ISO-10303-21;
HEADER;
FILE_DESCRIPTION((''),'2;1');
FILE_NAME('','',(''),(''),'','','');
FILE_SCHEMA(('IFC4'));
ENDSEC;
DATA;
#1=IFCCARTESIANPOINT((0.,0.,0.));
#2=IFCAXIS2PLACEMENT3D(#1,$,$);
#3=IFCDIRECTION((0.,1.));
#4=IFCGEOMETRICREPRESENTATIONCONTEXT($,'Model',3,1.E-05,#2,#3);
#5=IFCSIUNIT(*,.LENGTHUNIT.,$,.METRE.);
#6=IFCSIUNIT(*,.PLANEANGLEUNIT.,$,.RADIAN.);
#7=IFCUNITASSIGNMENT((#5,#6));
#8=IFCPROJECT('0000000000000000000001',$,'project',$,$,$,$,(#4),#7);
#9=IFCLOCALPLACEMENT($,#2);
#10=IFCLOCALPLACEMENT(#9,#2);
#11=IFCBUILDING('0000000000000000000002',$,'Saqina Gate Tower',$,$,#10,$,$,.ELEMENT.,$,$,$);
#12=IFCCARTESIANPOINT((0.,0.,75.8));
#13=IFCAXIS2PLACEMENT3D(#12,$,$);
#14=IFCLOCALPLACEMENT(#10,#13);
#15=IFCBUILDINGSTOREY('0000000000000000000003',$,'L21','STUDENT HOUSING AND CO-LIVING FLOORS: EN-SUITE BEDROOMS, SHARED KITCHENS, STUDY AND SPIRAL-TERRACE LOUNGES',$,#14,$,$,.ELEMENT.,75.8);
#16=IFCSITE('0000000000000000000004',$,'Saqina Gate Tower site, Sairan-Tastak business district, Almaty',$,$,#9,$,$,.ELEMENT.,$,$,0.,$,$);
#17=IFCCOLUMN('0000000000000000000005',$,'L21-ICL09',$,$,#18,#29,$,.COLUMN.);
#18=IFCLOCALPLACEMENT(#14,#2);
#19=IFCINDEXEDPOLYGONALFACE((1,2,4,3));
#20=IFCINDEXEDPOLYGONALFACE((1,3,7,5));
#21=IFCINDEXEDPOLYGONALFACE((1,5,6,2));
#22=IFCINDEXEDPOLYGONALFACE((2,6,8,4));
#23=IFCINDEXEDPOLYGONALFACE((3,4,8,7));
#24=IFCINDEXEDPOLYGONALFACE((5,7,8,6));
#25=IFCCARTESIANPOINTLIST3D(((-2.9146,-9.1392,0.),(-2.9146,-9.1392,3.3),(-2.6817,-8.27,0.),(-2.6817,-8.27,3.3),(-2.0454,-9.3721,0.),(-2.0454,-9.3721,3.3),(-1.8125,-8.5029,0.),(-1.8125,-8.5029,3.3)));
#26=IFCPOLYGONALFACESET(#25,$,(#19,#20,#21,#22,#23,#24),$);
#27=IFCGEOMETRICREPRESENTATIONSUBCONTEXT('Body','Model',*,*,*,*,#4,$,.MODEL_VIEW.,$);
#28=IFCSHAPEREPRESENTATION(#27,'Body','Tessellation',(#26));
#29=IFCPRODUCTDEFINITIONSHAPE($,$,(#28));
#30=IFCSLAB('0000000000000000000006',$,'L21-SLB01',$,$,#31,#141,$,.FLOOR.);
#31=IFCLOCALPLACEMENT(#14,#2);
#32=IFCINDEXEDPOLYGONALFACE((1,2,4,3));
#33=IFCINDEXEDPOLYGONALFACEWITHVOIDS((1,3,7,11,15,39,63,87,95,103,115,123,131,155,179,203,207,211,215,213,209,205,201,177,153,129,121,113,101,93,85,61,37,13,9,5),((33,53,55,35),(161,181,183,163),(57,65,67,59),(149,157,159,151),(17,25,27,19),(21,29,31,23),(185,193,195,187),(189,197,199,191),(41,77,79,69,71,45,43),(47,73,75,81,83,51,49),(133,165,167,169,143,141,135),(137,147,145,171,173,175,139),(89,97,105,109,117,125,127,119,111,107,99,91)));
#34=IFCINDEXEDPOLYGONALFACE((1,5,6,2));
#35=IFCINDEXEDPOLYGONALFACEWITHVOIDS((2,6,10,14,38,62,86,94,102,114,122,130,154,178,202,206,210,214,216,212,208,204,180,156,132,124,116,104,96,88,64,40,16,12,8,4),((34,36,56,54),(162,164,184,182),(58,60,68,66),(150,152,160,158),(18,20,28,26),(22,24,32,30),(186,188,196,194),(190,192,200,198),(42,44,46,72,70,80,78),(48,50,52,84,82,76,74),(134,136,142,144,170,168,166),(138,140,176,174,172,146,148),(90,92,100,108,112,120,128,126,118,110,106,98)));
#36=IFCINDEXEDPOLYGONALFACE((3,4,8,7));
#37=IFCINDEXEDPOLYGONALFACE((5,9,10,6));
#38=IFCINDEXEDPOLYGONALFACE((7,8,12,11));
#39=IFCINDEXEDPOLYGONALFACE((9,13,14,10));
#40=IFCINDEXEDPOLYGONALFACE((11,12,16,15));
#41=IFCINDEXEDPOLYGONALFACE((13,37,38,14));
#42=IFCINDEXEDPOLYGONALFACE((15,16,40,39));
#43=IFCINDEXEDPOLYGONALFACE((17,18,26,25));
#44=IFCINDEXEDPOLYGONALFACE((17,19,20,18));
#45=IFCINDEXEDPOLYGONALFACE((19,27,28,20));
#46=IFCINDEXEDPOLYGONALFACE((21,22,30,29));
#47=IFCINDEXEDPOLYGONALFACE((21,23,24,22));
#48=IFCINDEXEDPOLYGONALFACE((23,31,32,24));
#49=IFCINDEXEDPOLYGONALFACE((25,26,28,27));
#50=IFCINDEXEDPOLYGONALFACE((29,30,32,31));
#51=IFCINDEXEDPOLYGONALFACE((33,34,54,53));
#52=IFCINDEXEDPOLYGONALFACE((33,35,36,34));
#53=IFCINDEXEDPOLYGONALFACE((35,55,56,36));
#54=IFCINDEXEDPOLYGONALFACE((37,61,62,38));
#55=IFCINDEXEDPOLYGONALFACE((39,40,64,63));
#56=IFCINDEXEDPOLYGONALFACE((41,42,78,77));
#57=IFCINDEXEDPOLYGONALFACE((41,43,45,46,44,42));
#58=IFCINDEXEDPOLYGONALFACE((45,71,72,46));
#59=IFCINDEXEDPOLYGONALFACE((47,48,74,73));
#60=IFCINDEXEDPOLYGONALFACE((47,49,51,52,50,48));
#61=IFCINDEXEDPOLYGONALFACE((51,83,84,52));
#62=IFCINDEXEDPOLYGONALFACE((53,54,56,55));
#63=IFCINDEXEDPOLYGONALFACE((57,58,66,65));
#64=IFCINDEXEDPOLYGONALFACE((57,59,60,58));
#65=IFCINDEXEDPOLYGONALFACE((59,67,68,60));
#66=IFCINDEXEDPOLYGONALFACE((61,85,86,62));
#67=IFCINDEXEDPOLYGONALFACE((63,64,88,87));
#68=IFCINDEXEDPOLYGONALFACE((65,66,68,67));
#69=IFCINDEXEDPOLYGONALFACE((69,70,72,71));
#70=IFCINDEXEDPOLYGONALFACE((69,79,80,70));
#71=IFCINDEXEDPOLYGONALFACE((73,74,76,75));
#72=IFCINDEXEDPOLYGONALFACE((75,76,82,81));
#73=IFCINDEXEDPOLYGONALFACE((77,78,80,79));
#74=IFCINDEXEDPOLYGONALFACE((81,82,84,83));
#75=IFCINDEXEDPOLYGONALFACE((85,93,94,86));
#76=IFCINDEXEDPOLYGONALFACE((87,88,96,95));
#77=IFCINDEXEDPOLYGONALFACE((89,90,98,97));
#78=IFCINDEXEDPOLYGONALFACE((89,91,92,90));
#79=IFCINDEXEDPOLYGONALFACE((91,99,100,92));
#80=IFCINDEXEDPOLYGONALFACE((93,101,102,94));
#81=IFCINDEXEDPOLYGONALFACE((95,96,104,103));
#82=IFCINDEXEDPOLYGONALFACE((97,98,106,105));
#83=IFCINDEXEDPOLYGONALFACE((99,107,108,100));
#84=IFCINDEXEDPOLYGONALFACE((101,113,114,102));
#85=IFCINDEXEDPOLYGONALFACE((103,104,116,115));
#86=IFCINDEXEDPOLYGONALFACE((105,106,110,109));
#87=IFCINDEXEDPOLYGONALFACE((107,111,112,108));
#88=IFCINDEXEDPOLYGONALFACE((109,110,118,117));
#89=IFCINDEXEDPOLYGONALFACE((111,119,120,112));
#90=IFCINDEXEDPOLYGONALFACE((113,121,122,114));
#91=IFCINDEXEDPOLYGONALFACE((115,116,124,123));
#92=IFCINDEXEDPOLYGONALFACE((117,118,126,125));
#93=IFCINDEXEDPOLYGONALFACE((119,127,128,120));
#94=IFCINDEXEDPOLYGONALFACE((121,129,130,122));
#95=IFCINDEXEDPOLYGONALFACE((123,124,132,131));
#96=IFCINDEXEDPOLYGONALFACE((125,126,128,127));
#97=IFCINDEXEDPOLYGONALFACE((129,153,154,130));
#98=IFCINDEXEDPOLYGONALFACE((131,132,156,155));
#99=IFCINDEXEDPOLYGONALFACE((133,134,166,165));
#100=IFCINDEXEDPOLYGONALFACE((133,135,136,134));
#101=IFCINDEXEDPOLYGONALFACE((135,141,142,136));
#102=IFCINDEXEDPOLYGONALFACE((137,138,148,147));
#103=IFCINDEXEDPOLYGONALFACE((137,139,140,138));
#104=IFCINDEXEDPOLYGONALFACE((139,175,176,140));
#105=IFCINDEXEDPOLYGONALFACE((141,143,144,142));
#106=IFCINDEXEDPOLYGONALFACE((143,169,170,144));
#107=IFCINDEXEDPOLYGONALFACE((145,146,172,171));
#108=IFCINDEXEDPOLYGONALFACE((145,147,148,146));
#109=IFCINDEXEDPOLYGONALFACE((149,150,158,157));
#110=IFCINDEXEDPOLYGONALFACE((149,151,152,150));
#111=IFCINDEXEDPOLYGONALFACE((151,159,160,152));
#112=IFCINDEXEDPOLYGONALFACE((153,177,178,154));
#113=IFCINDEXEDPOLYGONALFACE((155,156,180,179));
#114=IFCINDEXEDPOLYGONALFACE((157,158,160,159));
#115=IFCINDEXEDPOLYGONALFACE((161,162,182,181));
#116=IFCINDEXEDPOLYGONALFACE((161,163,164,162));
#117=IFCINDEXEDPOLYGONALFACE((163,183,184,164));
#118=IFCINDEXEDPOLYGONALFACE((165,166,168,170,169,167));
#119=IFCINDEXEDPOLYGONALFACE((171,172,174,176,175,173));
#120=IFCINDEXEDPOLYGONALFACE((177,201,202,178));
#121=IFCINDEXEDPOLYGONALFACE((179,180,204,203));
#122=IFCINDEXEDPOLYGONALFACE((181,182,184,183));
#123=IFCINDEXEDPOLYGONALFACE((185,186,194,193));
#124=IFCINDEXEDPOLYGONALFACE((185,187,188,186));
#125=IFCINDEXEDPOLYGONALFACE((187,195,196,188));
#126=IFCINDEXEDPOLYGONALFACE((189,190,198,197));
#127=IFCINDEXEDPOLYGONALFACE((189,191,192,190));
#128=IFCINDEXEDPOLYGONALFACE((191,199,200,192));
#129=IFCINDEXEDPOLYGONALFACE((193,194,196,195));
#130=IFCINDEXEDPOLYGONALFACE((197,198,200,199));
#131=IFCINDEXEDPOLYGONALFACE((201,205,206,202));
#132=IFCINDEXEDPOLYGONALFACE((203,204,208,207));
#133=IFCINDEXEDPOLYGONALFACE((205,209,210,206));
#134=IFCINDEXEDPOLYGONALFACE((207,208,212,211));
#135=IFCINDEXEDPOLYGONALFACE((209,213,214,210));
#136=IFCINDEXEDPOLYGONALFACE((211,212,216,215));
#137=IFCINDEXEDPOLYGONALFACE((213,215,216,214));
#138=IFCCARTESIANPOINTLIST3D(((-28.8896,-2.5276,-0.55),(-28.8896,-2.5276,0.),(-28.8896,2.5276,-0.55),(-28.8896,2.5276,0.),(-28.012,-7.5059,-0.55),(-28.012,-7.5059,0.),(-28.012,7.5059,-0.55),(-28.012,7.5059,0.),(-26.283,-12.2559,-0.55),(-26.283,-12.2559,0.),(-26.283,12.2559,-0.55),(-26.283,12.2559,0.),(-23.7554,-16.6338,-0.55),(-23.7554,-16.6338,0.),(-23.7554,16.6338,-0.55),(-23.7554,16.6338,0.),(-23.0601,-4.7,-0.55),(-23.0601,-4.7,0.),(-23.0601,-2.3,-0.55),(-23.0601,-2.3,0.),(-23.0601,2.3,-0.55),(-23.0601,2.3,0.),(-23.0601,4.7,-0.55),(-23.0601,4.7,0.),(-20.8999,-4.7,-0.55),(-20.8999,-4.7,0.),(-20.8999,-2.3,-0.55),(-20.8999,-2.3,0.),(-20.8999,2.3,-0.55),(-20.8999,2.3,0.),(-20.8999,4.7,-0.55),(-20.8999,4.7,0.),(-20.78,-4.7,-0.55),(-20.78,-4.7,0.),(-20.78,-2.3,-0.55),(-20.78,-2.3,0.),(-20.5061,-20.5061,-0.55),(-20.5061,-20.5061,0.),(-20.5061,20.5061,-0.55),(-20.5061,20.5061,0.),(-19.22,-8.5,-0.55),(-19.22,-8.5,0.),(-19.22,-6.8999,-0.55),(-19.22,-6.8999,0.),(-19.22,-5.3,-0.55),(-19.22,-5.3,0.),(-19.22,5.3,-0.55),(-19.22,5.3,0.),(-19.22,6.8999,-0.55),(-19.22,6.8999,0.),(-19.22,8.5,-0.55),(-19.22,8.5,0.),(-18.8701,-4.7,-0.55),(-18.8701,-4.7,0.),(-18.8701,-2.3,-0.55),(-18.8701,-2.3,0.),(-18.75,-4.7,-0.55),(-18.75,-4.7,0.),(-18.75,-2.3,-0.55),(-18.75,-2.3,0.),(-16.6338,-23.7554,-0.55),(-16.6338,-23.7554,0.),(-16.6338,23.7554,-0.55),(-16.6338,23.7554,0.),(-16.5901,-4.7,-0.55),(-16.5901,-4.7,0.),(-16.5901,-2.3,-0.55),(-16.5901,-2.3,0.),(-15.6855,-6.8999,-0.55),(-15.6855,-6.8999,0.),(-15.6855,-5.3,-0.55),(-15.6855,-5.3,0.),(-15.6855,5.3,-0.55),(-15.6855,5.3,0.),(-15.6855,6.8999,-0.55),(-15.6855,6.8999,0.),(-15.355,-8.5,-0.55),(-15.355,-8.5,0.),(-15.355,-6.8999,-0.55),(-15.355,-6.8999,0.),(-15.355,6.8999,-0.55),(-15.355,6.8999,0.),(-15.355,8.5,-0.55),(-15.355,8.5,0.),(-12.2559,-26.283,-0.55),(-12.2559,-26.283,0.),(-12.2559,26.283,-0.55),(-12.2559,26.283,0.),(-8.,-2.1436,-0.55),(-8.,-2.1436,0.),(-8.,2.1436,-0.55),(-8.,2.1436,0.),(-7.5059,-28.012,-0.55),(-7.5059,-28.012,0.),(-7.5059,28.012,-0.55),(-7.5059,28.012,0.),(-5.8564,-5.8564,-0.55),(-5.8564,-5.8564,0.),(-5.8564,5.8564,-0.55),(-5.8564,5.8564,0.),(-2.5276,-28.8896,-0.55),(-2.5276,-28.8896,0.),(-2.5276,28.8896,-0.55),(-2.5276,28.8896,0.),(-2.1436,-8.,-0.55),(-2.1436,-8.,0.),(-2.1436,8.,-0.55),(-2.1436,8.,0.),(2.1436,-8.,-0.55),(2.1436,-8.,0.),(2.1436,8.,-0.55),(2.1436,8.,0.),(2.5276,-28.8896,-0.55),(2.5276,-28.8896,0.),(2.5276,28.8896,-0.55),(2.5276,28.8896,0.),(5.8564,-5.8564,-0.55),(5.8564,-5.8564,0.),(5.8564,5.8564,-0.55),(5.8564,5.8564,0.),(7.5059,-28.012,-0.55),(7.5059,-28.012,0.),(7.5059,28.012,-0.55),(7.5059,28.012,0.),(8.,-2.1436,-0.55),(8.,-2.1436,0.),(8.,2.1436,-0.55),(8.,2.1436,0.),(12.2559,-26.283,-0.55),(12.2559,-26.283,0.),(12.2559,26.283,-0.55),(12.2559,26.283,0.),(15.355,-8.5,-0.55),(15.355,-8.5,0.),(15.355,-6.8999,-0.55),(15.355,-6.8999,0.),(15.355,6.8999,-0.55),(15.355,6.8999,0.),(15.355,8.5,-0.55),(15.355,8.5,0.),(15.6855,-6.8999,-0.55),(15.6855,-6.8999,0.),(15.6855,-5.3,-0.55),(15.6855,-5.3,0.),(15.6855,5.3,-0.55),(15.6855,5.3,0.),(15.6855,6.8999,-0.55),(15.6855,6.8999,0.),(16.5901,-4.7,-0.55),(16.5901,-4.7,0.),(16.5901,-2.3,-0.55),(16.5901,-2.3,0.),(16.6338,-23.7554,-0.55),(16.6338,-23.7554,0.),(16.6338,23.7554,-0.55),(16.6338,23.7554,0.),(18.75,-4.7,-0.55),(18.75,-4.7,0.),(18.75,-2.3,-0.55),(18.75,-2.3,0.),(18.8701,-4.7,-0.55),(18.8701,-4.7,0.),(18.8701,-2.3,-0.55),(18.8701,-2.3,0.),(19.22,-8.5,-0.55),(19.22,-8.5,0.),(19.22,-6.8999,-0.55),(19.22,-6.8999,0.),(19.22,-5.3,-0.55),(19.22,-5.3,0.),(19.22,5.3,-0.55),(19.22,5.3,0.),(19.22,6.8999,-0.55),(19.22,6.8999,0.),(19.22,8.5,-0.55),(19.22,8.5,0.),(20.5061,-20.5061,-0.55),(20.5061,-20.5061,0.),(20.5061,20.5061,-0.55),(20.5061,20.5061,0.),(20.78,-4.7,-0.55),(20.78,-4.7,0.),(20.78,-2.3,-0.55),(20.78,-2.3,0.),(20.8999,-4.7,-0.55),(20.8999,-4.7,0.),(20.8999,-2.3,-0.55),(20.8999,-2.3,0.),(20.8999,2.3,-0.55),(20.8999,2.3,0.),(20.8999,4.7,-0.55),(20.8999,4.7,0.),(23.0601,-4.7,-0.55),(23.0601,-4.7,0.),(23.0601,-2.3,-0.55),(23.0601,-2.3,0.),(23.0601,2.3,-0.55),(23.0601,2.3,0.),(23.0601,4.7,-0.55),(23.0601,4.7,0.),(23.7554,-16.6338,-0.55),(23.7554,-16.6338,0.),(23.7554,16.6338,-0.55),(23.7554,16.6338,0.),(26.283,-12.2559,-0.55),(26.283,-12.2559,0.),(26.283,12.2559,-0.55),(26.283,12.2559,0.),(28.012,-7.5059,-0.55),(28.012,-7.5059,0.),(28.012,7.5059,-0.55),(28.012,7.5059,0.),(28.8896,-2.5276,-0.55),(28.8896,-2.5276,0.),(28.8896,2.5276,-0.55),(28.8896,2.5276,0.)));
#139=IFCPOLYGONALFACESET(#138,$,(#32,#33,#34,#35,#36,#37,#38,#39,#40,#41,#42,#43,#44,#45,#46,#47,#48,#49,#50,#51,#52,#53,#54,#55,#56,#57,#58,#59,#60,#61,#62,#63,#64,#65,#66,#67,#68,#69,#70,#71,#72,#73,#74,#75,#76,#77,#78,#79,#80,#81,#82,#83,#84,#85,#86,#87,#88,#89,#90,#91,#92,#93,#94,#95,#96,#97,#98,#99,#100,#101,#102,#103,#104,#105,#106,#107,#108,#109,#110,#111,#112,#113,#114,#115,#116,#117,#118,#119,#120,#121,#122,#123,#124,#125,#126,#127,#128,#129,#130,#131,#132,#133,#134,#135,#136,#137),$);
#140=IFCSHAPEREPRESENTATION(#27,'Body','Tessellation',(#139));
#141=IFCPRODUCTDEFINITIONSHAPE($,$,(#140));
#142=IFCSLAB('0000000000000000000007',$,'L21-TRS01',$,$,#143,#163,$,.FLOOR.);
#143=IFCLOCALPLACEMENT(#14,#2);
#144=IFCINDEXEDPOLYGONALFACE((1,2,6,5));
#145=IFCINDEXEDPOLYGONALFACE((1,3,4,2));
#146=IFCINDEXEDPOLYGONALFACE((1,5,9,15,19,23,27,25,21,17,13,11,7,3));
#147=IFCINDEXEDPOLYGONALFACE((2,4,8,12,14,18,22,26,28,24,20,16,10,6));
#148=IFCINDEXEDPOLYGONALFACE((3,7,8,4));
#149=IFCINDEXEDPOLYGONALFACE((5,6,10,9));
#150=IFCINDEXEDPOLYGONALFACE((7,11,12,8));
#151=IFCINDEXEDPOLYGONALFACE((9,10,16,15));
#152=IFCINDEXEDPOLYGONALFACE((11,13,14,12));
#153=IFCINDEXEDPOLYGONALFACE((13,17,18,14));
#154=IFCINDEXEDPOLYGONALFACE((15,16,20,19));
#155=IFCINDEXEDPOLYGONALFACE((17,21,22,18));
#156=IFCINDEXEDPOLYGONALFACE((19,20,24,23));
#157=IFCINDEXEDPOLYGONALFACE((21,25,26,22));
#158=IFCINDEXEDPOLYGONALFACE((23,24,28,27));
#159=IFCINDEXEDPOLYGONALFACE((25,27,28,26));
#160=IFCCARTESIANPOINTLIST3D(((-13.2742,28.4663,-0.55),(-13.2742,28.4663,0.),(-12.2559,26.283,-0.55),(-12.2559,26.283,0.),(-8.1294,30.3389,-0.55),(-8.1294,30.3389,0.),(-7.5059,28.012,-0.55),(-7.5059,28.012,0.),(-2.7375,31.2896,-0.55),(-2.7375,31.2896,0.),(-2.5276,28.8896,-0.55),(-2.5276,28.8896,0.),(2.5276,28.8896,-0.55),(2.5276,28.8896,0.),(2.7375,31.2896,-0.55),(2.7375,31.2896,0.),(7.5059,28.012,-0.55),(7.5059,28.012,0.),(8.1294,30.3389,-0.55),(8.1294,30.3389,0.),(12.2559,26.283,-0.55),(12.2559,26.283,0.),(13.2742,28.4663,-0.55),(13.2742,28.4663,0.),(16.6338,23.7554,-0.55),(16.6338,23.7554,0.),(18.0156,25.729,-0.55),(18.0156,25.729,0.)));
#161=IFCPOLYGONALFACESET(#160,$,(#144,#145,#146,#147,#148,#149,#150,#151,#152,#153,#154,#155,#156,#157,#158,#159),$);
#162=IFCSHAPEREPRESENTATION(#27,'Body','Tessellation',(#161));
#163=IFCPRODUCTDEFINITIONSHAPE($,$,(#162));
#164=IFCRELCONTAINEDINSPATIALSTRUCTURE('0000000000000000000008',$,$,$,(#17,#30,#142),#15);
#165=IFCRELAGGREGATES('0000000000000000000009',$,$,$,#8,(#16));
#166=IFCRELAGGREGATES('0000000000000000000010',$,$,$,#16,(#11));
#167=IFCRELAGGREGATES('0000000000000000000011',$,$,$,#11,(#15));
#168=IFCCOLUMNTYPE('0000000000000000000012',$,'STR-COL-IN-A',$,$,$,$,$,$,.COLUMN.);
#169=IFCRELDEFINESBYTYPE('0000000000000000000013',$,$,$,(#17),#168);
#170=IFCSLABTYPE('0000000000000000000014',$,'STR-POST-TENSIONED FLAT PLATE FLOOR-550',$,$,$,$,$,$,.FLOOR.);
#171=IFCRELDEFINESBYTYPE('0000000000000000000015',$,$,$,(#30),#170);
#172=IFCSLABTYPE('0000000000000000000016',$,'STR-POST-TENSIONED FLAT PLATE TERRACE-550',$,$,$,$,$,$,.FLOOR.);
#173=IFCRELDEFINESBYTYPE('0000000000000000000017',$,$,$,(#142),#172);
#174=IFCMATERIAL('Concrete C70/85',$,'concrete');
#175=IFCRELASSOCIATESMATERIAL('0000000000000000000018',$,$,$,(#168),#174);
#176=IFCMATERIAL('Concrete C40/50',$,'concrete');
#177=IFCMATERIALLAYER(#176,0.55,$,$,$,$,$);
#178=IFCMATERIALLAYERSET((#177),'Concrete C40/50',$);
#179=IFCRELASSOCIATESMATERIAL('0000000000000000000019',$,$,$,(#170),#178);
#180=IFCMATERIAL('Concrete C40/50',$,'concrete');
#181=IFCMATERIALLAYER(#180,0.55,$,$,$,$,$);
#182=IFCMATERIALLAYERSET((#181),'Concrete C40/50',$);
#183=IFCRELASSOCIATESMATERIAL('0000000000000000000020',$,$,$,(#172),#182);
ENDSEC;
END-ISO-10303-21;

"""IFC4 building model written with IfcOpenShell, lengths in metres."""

from ifc_helpers import new_model, si_unit, direction, frame, origin, origin_2d, place, context, subcontext, project, spatial, polyline, rectangle, outline, extrude, material, layer, layer_set, material_profile, profile_set, type_object, element, save


model = new_model("IFC4")

# Units and contexts
model_context = context("Model", 3, precision=1e-05, world=origin(), true_north=direction((0.0, 1.0)))
body_context = subcontext(model_context, "Body", "Model", "MODEL_VIEW")
ifc_project = project(units=[si_unit("LENGTHUNIT", "METRE"), si_unit("PLANEANGLEUNIT", "RADIAN")], contexts=[model_context])

# Site, building, storey
site_placement = place(None, origin())
site = spatial("IfcSite", under=ifc_project, at=site_placement, Name="Saqina Gate Tower site, Sairan-Tastak business district, Almaty", CompositionType="ELEMENT", RefElevation=0.0)
building_placement = place(site_placement, origin())
building = spatial("IfcBuilding", under=site, at=building_placement, Name="Saqina Gate Tower", CompositionType="ELEMENT")
storey_placement = place(building_placement, frame((0.0, 0.0, 75.8)))
storey = spatial("IfcBuildingStorey", under=building, at=storey_placement, Name="L21", Description="STUDENT HOUSING AND CO-LIVING FLOORS: EN-SUITE BEDROOMS, SHARED KITCHENS, STUDY AND SPIRAL-TERRACE LOUNGES", CompositionType="ELEMENT", Elevation=75.8)

# Column
ifc_material_1 = material(Name="Concrete C70/85", Category="concrete")
ifc_material_profile = material_profile(ifc_material_1, rectangle(XDim=0.8999, YDim=0.8999, at=origin_2d()), Name="RC 900x900")
ifc_profile_set = profile_set([ifc_material_profile], Name="Concrete C70/85")
column_type = type_object("IfcColumnType", Name="STR-COL-IN-A", PredefinedType="COLUMN", material=ifc_profile_set)
column_placement = place(storey_placement, frame((-2.3635, -8.821, 0.0), z_axis=(0.0, 0.0, 1.0), x_axis=(-0.258819, -0.965926, 0.0)))
element("IfcColumn", 1, at=column_placement, inside=storey, type_object=column_type, Name="L21-ICL09", PredefinedType="COLUMN", context=body_context, shape_type="SweptSolid", body=[
    extrude(rectangle(XDim=0.8999, YDim=0.8999, at=origin_2d()), origin(), (0.0, 0.0, 1.0), 3.3),
])

# Slabs
ifc_material_2 = material(Name="Concrete C40/50", Category="concrete")
ifc_layer_1 = layer(ifc_material_2, 0.55)
ifc_layer_set_1 = layer_set([ifc_layer_1], Name="Concrete C40/50")
slab_type_1 = type_object("IfcSlabType", Name="STR-POST-TENSIONED FLAT PLATE FLOOR-550", PredefinedType="FLOOR", material=ifc_layer_set_1)
slab_1_placement = place(storey_placement, frame((0.0, 0.0, -0.55)))
element("IfcSlab", 2, at=slab_1_placement, inside=storey, type_object=slab_type_1, Name="L21-SLB01", PredefinedType="FLOOR", context=body_context, shape_type="SweptSolid", body=[
    extrude(outline(polyline([(28.012, -7.5059), (28.8896, -2.5276), (28.8896, 2.5276), (28.012, 7.5059), (26.283, 12.2559), (23.7554, 16.6338), (20.5061, 20.5061), (16.6338, 23.7554), (12.2559, 26.283), (7.5059, 28.012), (2.5276, 28.8896), (-2.5276, 28.8896), (-7.5059, 28.012), (-12.2559, 26.283), (-16.6338, 23.7554), (-20.5061, 20.5061), (-23.7554, 16.6338), (-26.283, 12.2559), (-28.012, 7.5059), (-28.8896, 2.5276), (-28.8896, -2.5276), (-28.012, -7.5059), (-26.283, -12.2559), (-23.7554, -16.6338), (-20.5061, -20.5061), (-16.6338, -23.7554), (-12.2559, -26.283), (-7.5059, -28.012), (-2.5276, -28.8896), (2.5276, -28.8896), (7.5059, -28.012), (12.2559, -26.283), (16.6338, -23.7554), (20.5061, -20.5061), (23.7554, -16.6338), (26.283, -12.2559), (28.012, -7.5059)]), holes=[polyline([(2.1436, 8.0), (5.8564, 5.8564), (8.0, 2.1436), (8.0, -2.1436), (5.8564, -5.8564), (2.1436, -8.0), (-2.1436, -8.0), (-5.8564, -5.8564), (-8.0, -2.1436), (-8.0, 2.1436), (-5.8564, 5.8564), (-2.1436, 8.0), (2.1436, 8.0)]), polyline([(-19.22, -8.5), (-19.22, -6.8999), (-19.22, -5.3), (-15.6855, -5.3), (-15.6855, -6.8999), (-15.355, -6.8999), (-15.355, -8.5), (-19.22, -8.5)]), polyline([(-20.8999, -2.3), (-20.8999, -4.7), (-23.0601, -4.7), (-23.0601, -2.3), (-20.8999, -2.3)]), polyline([(-18.8701, -2.3), (-18.8701, -4.7), (-20.78, -4.7), (-20.78, -2.3), (-18.8701, -2.3)]), polyline([(-16.5901, -2.3), (-16.5901, -4.7), (-18.75, -4.7), (-18.75, -2.3), (-16.5901, -2.3)]), polyline([(-20.8999, 4.7), (-20.8999, 2.3), (-23.0601, 2.3), (-23.0601, 4.7), (-20.8999, 4.7)]), polyline([(-19.22, 6.8999), (-19.22, 8.5), (-15.355, 8.5), (-15.355, 6.8999), (-15.6855, 6.8999), (-15.6855, 5.3), (-19.22, 5.3), (-19.22, 6.8999)]), polyline([(15.355, -6.8999), (15.6855, -6.8999), (15.6855, -5.3), (19.22, -5.3), (19.22, -6.8999), (19.22, -8.5), (15.355, -8.5), (15.355, -6.8999)]), polyline([(18.75, -2.3), (18.75, -4.7), (16.5901, -4.7), (16.5901, -2.3), (18.75, -2.3)]), polyline([(20.78, -2.3), (20.78, -4.7), (18.8701, -4.7), (18.8701, -2.3), (20.78, -2.3)]), polyline([(23.0601, -2.3), (23.0601, -4.7), (20.8999, -4.7), (20.8999, -2.3), (23.0601, -2.3)]), polyline([(23.0601, 4.7), (23.0601, 2.3), (20.8999, 2.3), (20.8999, 4.7), (23.0601, 4.7)]), polyline([(15.6855, 6.8999), (15.355, 6.8999), (15.355, 8.5), (19.22, 8.5), (19.22, 6.8999), (19.22, 5.3), (15.6855, 5.3), (15.6855, 6.8999)])]), origin(), (0.0, 0.0, 1.0), 0.55),
])
ifc_material_3 = material(Name="Concrete C40/50", Category="concrete")
ifc_layer_2 = layer(ifc_material_3, 0.55)
ifc_layer_set_2 = layer_set([ifc_layer_2], Name="Concrete C40/50")
slab_type_2 = type_object("IfcSlabType", Name="STR-POST-TENSIONED FLAT PLATE TERRACE-550", PredefinedType="FLOOR", material=ifc_layer_set_2)
slab_2_placement = place(storey_placement, frame((0.0, 0.0, -0.55)))
element("IfcSlab", 3, at=slab_2_placement, inside=storey, type_object=slab_type_2, Name="L21-TRS01", PredefinedType="FLOOR", context=body_context, shape_type="SweptSolid", body=[
    extrude(outline(polyline([(16.6338, 23.7554), (12.2559, 26.283), (7.5059, 28.012), (2.5276, 28.8896), (-2.5276, 28.8896), (-7.5059, 28.012), (-12.2559, 26.283), (-13.2742, 28.4663), (-8.1294, 30.3389), (-2.7375, 31.2896), (2.7375, 31.2896), (8.1294, 30.3389), (13.2742, 28.4663), (18.0156, 25.729), (16.6338, 23.7554)])), origin(), (0.0, 0.0, 1.0), 0.55),
])

save(model, "model.ifc")
